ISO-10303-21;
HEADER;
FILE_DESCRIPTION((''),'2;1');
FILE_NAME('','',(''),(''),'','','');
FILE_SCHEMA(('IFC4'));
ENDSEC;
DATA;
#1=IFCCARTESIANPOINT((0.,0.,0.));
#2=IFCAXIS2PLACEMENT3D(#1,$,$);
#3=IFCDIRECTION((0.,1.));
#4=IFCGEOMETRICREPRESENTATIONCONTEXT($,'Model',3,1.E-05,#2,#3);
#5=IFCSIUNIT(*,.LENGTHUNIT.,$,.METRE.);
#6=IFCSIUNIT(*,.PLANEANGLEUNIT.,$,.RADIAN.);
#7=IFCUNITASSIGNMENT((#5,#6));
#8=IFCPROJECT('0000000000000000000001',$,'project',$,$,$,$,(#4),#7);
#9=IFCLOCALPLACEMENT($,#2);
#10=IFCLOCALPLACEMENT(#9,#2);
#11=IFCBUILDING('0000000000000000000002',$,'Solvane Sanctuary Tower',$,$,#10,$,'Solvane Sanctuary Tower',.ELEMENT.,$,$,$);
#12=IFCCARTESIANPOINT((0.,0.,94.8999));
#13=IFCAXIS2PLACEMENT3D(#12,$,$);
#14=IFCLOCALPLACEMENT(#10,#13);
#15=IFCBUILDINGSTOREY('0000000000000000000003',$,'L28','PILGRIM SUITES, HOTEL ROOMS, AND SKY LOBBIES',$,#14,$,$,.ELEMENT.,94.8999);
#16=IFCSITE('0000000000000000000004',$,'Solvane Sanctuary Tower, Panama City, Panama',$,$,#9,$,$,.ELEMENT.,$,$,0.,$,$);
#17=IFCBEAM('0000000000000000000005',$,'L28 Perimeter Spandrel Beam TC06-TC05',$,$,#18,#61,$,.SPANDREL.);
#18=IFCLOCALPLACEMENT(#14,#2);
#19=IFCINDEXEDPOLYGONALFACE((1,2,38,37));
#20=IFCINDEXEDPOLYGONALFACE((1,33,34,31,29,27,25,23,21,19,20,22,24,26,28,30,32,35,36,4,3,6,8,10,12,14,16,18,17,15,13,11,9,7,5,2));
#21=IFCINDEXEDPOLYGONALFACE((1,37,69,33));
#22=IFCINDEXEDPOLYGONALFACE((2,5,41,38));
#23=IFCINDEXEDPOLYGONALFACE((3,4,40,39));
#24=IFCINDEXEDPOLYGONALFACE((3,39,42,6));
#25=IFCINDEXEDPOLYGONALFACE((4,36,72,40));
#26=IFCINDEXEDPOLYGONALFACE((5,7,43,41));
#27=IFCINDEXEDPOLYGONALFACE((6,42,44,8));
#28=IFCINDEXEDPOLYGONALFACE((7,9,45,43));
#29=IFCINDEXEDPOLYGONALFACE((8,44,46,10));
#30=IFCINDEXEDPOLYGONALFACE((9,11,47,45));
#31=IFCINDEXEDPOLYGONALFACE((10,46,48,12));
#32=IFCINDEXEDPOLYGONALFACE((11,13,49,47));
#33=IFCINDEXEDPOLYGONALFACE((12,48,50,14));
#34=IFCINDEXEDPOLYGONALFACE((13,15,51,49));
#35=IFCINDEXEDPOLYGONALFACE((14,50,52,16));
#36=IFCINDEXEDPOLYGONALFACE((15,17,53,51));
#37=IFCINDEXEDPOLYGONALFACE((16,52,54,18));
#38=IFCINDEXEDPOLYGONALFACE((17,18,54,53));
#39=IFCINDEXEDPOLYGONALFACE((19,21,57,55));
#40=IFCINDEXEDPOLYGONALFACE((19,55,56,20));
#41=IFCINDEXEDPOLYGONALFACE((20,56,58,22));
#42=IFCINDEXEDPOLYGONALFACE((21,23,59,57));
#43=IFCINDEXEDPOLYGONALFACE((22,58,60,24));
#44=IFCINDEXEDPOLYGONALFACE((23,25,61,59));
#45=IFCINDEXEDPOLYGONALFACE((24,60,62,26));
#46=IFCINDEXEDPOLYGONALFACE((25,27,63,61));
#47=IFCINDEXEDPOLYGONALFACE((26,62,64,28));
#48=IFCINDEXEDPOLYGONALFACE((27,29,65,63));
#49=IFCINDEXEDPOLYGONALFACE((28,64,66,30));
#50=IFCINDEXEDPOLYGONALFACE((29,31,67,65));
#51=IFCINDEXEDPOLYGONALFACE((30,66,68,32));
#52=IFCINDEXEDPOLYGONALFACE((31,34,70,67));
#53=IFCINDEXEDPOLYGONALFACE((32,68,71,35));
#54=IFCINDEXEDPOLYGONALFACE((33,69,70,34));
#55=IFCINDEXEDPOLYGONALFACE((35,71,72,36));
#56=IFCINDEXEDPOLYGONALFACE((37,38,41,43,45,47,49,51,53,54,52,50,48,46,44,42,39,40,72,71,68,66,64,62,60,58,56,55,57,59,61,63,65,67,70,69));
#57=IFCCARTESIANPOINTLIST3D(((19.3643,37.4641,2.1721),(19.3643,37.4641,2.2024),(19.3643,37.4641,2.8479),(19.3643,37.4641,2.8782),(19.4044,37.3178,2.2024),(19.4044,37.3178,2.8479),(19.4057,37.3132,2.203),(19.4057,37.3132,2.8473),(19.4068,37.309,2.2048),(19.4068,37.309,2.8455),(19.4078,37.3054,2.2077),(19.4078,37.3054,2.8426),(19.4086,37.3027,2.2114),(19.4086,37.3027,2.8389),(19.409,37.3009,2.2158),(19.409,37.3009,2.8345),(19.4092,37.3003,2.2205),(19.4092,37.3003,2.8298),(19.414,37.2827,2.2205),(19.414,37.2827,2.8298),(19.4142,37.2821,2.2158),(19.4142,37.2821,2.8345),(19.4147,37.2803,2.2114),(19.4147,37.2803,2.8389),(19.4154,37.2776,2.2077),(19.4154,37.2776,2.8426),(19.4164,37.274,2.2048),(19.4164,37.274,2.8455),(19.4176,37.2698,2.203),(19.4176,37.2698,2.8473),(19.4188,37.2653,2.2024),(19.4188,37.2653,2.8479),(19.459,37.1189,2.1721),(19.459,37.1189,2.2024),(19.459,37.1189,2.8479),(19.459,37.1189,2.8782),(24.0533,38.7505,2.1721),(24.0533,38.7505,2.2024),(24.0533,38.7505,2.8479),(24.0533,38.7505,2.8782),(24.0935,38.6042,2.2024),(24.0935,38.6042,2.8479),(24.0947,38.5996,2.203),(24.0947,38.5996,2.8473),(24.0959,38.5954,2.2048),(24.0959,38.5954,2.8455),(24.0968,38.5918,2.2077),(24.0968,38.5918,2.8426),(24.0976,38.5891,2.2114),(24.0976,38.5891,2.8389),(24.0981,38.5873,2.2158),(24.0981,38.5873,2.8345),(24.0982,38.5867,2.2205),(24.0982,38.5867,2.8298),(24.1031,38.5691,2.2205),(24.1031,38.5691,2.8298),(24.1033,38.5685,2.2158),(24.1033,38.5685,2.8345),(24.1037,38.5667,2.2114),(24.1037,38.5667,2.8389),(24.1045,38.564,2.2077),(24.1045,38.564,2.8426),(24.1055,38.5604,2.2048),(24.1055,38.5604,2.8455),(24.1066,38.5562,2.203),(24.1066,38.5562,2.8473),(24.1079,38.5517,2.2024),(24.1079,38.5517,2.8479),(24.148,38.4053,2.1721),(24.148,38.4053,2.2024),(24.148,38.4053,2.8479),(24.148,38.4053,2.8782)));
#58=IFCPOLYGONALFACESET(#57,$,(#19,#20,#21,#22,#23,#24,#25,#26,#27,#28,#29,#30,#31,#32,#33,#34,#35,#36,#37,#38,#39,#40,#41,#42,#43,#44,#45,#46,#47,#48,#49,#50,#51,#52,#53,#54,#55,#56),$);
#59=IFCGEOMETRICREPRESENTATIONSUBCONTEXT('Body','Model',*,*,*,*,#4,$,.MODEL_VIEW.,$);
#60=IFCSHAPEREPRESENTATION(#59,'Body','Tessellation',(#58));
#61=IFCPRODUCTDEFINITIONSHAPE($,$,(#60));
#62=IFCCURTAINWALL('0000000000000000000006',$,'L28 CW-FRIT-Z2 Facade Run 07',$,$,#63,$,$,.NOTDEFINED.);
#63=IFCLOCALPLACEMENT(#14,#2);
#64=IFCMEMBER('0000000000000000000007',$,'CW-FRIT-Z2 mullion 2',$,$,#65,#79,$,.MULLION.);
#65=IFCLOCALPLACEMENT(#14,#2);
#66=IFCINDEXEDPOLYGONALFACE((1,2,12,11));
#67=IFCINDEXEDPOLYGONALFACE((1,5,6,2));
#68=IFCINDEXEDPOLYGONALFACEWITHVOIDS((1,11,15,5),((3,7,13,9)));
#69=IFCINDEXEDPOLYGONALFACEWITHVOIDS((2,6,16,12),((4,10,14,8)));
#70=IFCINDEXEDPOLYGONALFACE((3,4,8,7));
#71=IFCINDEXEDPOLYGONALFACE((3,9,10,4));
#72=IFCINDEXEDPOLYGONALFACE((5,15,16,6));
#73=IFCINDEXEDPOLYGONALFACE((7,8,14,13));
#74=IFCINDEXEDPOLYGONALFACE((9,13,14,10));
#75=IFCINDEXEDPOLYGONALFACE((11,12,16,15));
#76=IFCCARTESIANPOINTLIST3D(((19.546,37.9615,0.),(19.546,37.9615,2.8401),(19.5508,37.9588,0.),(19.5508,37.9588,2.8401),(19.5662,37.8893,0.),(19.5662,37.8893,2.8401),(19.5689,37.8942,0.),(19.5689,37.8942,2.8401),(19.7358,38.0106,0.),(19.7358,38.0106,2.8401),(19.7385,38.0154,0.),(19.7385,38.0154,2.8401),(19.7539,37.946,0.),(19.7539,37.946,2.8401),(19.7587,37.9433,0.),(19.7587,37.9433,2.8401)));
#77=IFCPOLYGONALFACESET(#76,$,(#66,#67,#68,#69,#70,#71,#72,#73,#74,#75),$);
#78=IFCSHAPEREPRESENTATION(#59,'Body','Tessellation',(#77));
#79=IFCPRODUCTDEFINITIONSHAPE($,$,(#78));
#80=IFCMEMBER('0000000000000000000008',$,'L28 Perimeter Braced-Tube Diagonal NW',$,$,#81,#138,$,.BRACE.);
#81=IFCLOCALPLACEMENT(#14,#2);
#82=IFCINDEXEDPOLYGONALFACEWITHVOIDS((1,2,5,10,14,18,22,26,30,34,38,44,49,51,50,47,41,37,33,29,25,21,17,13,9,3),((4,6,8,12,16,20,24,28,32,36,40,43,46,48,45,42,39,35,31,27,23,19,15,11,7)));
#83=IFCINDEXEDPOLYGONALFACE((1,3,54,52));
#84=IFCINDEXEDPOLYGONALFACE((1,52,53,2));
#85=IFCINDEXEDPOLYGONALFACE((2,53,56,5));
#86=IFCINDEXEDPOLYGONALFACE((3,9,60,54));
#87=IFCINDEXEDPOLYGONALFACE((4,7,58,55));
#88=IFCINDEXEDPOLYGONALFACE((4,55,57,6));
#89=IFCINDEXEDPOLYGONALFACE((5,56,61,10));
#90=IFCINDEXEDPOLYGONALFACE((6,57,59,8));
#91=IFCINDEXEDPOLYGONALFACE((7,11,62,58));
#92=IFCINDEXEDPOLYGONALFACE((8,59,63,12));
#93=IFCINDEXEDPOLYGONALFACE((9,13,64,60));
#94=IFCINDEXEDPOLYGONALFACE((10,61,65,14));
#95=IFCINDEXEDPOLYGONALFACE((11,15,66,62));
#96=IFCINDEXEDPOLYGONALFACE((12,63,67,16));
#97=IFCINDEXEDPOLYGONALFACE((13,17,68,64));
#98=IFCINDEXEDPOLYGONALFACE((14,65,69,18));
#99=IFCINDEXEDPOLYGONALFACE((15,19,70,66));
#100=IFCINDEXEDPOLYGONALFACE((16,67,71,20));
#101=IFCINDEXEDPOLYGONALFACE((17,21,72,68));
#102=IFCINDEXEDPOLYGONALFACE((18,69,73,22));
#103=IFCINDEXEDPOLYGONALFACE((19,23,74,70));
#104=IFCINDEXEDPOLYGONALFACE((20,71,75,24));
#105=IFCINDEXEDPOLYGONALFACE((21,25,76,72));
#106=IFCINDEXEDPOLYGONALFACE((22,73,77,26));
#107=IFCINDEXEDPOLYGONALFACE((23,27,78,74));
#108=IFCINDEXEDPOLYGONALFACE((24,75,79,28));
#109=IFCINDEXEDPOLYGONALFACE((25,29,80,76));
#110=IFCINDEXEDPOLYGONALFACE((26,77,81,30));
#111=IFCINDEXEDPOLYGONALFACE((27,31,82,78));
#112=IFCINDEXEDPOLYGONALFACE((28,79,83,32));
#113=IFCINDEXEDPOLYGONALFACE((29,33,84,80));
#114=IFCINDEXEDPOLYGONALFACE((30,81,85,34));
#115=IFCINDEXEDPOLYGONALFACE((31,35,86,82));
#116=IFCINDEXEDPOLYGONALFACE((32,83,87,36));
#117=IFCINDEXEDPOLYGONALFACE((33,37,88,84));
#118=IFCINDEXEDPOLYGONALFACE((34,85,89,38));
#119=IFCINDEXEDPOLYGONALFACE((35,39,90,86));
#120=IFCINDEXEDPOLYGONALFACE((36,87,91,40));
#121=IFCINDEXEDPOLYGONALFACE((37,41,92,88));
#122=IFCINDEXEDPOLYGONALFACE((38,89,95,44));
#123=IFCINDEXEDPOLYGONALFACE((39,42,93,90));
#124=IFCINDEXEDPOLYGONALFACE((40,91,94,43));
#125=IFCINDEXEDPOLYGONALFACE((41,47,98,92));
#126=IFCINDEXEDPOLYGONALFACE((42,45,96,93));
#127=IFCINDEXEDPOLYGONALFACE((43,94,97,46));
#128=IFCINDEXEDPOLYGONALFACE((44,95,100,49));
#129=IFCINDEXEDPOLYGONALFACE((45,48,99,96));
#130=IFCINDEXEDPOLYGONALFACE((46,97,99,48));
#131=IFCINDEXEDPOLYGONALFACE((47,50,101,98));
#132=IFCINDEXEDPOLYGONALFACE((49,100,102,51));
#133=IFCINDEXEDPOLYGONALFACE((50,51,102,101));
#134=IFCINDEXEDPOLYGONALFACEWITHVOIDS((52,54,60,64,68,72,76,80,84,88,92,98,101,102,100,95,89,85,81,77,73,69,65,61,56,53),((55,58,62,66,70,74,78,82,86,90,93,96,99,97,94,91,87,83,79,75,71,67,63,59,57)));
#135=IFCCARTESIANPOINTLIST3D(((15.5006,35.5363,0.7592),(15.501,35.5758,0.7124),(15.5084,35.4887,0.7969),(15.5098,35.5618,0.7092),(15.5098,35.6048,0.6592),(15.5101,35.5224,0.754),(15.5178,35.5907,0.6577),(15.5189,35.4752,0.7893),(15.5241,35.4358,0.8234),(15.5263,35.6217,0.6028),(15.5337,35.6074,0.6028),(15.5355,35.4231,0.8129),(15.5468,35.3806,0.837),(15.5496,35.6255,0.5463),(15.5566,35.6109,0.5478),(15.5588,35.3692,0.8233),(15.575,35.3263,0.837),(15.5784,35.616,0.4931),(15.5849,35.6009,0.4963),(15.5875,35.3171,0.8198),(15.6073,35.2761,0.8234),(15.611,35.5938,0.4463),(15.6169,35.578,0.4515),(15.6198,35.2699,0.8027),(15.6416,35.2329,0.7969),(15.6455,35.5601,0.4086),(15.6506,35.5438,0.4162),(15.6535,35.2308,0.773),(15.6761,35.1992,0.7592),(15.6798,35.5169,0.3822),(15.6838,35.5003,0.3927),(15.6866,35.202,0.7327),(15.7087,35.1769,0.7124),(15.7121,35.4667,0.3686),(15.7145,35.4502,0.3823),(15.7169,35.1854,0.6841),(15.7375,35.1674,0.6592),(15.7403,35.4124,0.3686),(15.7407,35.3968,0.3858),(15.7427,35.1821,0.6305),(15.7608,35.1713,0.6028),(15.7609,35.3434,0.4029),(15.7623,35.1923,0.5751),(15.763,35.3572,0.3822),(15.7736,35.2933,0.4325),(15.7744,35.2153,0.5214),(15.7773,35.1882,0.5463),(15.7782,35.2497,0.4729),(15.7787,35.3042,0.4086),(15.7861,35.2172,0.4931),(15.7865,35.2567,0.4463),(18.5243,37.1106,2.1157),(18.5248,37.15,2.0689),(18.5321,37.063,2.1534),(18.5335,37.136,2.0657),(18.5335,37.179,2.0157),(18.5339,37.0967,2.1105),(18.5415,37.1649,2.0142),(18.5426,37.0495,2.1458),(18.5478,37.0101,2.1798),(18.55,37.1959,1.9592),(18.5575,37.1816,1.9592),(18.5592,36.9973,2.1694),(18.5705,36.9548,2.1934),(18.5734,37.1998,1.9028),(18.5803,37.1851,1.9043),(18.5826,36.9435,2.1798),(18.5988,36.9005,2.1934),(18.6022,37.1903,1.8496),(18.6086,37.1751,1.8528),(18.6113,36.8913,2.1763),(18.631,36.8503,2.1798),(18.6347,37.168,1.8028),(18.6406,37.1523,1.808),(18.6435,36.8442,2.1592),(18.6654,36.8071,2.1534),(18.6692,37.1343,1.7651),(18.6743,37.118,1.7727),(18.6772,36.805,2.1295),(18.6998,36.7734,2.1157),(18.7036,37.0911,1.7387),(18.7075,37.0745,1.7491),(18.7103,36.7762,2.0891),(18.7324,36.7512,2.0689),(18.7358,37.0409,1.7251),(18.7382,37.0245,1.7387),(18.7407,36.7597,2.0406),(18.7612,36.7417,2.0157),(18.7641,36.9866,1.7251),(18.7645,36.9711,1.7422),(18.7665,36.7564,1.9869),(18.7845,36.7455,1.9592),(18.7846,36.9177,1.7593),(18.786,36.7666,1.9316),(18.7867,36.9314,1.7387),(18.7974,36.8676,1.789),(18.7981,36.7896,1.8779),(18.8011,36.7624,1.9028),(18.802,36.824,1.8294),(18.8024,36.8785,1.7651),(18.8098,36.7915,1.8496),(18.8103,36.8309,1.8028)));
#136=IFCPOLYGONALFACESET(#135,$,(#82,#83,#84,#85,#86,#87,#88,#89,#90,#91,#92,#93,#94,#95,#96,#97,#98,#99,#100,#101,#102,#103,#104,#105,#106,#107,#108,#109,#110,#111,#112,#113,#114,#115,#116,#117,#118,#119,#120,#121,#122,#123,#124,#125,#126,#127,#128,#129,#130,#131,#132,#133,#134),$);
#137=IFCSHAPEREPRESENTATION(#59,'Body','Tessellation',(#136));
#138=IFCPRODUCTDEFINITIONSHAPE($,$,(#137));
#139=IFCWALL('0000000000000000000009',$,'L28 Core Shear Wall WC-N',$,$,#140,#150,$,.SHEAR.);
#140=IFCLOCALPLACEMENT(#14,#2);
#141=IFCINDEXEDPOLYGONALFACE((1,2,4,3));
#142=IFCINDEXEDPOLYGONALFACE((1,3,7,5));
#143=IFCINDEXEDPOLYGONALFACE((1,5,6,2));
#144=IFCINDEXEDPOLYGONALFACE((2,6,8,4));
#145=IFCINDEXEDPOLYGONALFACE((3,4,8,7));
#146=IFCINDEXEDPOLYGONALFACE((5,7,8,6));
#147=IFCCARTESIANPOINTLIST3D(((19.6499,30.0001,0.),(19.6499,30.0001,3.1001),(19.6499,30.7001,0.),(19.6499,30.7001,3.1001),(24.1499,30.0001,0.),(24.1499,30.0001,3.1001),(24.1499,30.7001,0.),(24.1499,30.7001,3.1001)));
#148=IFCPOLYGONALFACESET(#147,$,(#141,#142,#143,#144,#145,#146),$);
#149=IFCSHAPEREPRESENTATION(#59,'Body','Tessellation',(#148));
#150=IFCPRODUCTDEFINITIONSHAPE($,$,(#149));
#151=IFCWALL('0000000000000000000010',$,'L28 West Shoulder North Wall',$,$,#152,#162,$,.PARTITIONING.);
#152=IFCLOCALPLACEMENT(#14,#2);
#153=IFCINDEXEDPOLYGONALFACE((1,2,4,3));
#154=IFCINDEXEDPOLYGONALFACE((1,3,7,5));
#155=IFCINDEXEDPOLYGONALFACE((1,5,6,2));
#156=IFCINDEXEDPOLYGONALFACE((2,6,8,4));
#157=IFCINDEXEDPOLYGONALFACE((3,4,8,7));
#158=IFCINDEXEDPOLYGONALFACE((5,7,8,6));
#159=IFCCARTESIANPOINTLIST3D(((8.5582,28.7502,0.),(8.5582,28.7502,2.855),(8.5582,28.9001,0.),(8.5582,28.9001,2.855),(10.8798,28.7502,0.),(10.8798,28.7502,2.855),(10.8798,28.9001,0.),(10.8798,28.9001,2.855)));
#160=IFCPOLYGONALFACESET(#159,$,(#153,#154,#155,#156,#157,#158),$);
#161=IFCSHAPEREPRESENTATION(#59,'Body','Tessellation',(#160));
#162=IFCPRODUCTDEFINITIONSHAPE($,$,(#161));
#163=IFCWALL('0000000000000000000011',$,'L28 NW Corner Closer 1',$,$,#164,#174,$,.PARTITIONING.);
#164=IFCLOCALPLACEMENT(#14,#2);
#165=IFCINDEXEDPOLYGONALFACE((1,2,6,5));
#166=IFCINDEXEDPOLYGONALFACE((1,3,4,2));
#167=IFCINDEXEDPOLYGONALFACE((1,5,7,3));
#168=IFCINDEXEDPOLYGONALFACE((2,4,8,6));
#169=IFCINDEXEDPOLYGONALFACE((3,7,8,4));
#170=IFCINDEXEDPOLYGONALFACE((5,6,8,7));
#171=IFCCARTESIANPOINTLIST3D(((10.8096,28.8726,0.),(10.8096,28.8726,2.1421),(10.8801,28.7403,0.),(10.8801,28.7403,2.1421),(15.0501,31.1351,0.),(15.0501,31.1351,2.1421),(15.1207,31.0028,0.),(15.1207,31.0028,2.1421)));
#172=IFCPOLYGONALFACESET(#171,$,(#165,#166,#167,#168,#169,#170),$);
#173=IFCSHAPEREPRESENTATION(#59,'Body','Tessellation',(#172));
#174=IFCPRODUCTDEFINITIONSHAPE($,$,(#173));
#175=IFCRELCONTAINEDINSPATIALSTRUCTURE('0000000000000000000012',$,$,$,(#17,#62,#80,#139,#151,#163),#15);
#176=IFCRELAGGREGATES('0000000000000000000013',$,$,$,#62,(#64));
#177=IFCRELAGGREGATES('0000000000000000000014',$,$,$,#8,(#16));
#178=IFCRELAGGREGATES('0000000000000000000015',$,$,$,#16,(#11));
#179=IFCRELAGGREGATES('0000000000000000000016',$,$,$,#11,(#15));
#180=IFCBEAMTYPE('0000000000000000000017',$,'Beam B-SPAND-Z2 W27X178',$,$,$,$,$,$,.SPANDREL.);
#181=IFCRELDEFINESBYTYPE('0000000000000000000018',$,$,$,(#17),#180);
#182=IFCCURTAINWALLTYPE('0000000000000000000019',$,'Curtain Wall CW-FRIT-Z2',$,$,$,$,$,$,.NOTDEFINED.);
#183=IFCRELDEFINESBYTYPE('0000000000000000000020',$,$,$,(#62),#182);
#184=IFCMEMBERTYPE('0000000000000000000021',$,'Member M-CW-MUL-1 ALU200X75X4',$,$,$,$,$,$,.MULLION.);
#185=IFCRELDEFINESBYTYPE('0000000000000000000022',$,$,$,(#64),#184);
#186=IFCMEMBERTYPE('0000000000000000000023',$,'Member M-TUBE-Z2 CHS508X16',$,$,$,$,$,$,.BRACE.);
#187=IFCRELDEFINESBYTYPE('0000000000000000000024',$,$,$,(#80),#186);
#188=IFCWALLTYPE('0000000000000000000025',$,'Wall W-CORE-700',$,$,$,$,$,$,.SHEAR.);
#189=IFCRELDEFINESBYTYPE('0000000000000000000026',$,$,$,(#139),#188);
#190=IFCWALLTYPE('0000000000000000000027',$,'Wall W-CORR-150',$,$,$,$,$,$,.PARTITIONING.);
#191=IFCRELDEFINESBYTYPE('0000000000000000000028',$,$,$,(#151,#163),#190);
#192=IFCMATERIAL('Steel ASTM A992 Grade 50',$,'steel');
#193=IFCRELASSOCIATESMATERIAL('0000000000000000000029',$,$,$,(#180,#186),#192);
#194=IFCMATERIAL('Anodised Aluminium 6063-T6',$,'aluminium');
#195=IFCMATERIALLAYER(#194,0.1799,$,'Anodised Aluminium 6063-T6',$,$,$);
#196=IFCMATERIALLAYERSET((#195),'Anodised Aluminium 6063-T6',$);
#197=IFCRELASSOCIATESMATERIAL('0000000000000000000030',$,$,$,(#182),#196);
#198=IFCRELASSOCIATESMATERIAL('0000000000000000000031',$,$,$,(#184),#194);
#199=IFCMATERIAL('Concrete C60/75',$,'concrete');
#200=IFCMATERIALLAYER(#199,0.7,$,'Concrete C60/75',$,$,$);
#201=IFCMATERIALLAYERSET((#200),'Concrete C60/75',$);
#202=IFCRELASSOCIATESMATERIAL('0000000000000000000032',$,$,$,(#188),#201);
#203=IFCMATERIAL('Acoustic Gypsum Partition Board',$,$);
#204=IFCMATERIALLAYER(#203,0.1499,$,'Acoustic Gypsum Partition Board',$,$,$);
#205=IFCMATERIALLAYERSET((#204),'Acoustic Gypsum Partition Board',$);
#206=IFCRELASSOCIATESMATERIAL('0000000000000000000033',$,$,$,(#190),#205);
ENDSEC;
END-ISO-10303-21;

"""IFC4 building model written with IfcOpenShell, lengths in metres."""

from ifc_helpers import new_model, si_unit, direction, frame, frame_2d, origin, origin_2d, place, context, subcontext, project, spatial, rectangle, hollow_rectangle, hollow_circle, i_section, extrude, material, layer, layer_set, material_profile, profile_set, type_object, element, aggregate, save


model = new_model("IFC4")

# Units and contexts
model_context = context("Model", 3, precision=1e-05, world=origin(), true_north=direction((0.0, 1.0)))
body_context = subcontext(model_context, "Body", "Model", "MODEL_VIEW")
ifc_project = project(units=[si_unit("LENGTHUNIT", "METRE"), si_unit("PLANEANGLEUNIT", "RADIAN")], contexts=[model_context])

# Site, building, storey
site_placement = place(None, origin())
site = spatial("IfcSite", under=ifc_project, at=site_placement, Name="Solvane Sanctuary Tower, Panama City, Panama", CompositionType="ELEMENT", RefElevation=0.0)
building_placement = place(site_placement, origin())
building = spatial("IfcBuilding", under=site, at=building_placement, Name="Solvane Sanctuary Tower", LongName="Solvane Sanctuary Tower", CompositionType="ELEMENT")
storey_placement = place(building_placement, frame((0.0, 0.0, 94.8999)))
storey = spatial("IfcBuildingStorey", under=building, at=storey_placement, Name="L28", Description="PILGRIM SUITES, HOTEL ROOMS, AND SKY LOBBIES", CompositionType="ELEMENT", Elevation=94.8999)

# Shared definitions
ifc_material_1 = material(Name="Concrete C60/75", Category="concrete")

# Beam
ifc_material_2 = material(Name="Steel ASTM A992 Grade 50", Category="steel")
ifc_material_profile_1 = material_profile(ifc_material_2, i_section(OverallWidth=0.3579, OverallDepth=0.7061, WebThickness=0.0183, FlangeThickness=0.0303, FilletRadius=0.0181, at=origin_2d()), Name="W27X178")
ifc_profile_set_1 = profile_set([ifc_material_profile_1], Name="Steel ASTM A992 Grade 50")
beam_type_1 = type_object("IfcBeamType", Name="Beam B-SPAND-Z2 W27X178", PredefinedType="SPANDREL", material=ifc_profile_set_1)
beam_1_placement = place(storey_placement, frame((19.4116, 37.2915, 2.5251), z_axis=(0.964368, 0.264566, 0.0), x_axis=(-0.264566, 0.964368, 0.0)))
element("IfcBeam", 1, at=beam_1_placement, inside=storey, type_object=beam_type_1, Name="L28 Perimeter Spandrel Beam TC06-TC05", PredefinedType="SPANDREL", context=body_context, shape_type="SweptSolid", body=[
    extrude(i_section(OverallWidth=0.3579, OverallDepth=0.7061, WebThickness=0.0183, FlangeThickness=0.0303, FilletRadius=0.0181, at=origin_2d()), origin(), (0.0, 0.0, 1.0), 4.8623),
])

# Curtain wall, member
ifc_material_3 = material(Name="Anodised Aluminium 6063-T6", Category="aluminium")
ifc_layer_1 = layer(ifc_material_3, 0.1799, Name="Anodised Aluminium 6063-T6")
ifc_layer_set_1 = layer_set([ifc_layer_1], Name="Anodised Aluminium 6063-T6")
curtain_wall_type = type_object("IfcCurtainWallType", Name="Curtain Wall CW-FRIT-Z2", PredefinedType="NOTDEFINED", material=ifc_layer_set_1)
curtain_wall_placement = place(storey_placement, origin())
curtain_wall = element("IfcCurtainWall", 2, at=curtain_wall_placement, inside=storey, type_object=curtain_wall_type, Name="L28 CW-FRIT-Z2 Facade Run 07", PredefinedType="NOTDEFINED")
ifc_material_profile_2 = material_profile(ifc_material_3, hollow_rectangle(XDim=0.075, YDim=0.2, WallThickness=0.0039, at=origin_2d()), Name="ALU200X75X4")
ifc_profile_set_2 = profile_set([ifc_material_profile_2], Name="Anodised Aluminium 6063-T6")
member_type_1 = type_object("IfcMemberType", Name="Member M-CW-MUL-1 ALU200X75X4", PredefinedType="MULLION", material=ifc_profile_set_2)
member_1_placement = place(storey_placement, frame((19.6523, 37.9524, 0.0), z_axis=(0.0, 0.0, 1.0), x_axis=(0.269705, -0.962943, 0.0)))
member_1 = element("IfcMember", 3, at=member_1_placement, type_object=member_type_1, Name="CW-FRIT-Z2 mullion 2", PredefinedType="MULLION", context=body_context, shape_type="SweptSolid", body=[
    extrude(hollow_rectangle(XDim=0.075, YDim=0.2, WallThickness=0.0039, at=origin_2d()), origin(), (0.0, 0.0, 1.0), 2.8401),
])
aggregate(curtain_wall, [member_1])

# Member
ifc_material_profile_3 = material_profile(ifc_material_2, hollow_circle(Radius=0.2539, WallThickness=0.0161, at=origin_2d()), Name="CHS508X16")
ifc_profile_set_3 = profile_set([ifc_material_profile_3], Name="Steel ASTM A992 Grade 50")
member_type_2 = type_object("IfcMemberType", Name="Member M-TUBE-Z2 CHS508X16", PredefinedType="BRACE", material=ifc_profile_set_3)
member_2_placement = place(storey_placement, frame((15.6436, 35.3965, 0.6028), z_axis=(0.824141, 0.429072, 0.369715), x_axis=(-0.461792, 0.886988, 0.0)))
element("IfcMember", 4, at=member_2_placement, inside=storey, type_object=member_type_2, Name="L28 Perimeter Braced-Tube Diagonal NW", PredefinedType="BRACE", context=body_context, shape_type="SweptSolid", body=[
    extrude(hollow_circle(Radius=0.2539, WallThickness=0.0161, at=origin_2d()), origin(), (0.0, 0.0, 1.0), 3.6689),
])

# Walls
ifc_layer_2 = layer(ifc_material_1, 0.7, Name="Concrete C60/75")
ifc_layer_set_2 = layer_set([ifc_layer_2], Name="Concrete C60/75")
wall_type_1 = type_object("IfcWallType", Name="Wall W-CORE-700", PredefinedType="SHEAR", material=ifc_layer_set_2)
wall_1_placement = place(storey_placement, frame((19.6499, 30.3501, 0.0), z_axis=(0.0, 0.0, 1.0), x_axis=(1.0, 0.0, 0.0)))
element("IfcWall", 5, at=wall_1_placement, inside=storey, type_object=wall_type_1, Name="L28 Core Shear Wall WC-N", PredefinedType="SHEAR", context=body_context, shape_type="SweptSolid", body=[
    extrude(rectangle(XDim=4.5, YDim=0.7, at=frame_2d((2.25, 0.0))), origin(), (0.0, 0.0, 1.0), 3.1001),
])
ifc_material_4 = material(Name="Acoustic Gypsum Partition Board")
ifc_layer_3 = layer(ifc_material_4, 0.1499, Name="Acoustic Gypsum Partition Board")
ifc_layer_set_3 = layer_set([ifc_layer_3], Name="Acoustic Gypsum Partition Board")
wall_type_2 = type_object("IfcWallType", Name="Wall W-CORR-150", PredefinedType="PARTITIONING", material=ifc_layer_set_3)
wall_2_placement = place(storey_placement, frame((8.5583, 28.8252, 0.0), z_axis=(0.0, 0.0, 1.0), x_axis=(1.0, 0.0, 0.0)))
element("IfcWall", 6, at=wall_2_placement, inside=storey, type_object=wall_type_2, Name="L28 West Shoulder North Wall", PredefinedType="PARTITIONING", context=body_context, shape_type="SweptSolid", body=[
    extrude(rectangle(XDim=2.3215, YDim=0.1499, at=frame_2d((1.1606, 0.0))), origin(), (0.0, 0.0, 1.0), 2.855),
])
wall_3_placement = place(storey_placement, frame((10.8447, 28.8064, 0.0), z_axis=(0.0, 0.0, 1.0), x_axis=(0.882278, 0.470728, 0.0)))
element("IfcWall", 7, at=wall_3_placement, inside=storey, type_object=wall_type_2, Name="L28 NW Corner Closer 1", PredefinedType="PARTITIONING", context=body_context, shape_type="SweptSolid", body=[
    extrude(rectangle(XDim=4.8064, YDim=0.1499, at=frame_2d((2.4033, 0.0))), origin(), (0.0, 0.0, 1.0), 2.1421),
])

save(model, "model.ifc")
